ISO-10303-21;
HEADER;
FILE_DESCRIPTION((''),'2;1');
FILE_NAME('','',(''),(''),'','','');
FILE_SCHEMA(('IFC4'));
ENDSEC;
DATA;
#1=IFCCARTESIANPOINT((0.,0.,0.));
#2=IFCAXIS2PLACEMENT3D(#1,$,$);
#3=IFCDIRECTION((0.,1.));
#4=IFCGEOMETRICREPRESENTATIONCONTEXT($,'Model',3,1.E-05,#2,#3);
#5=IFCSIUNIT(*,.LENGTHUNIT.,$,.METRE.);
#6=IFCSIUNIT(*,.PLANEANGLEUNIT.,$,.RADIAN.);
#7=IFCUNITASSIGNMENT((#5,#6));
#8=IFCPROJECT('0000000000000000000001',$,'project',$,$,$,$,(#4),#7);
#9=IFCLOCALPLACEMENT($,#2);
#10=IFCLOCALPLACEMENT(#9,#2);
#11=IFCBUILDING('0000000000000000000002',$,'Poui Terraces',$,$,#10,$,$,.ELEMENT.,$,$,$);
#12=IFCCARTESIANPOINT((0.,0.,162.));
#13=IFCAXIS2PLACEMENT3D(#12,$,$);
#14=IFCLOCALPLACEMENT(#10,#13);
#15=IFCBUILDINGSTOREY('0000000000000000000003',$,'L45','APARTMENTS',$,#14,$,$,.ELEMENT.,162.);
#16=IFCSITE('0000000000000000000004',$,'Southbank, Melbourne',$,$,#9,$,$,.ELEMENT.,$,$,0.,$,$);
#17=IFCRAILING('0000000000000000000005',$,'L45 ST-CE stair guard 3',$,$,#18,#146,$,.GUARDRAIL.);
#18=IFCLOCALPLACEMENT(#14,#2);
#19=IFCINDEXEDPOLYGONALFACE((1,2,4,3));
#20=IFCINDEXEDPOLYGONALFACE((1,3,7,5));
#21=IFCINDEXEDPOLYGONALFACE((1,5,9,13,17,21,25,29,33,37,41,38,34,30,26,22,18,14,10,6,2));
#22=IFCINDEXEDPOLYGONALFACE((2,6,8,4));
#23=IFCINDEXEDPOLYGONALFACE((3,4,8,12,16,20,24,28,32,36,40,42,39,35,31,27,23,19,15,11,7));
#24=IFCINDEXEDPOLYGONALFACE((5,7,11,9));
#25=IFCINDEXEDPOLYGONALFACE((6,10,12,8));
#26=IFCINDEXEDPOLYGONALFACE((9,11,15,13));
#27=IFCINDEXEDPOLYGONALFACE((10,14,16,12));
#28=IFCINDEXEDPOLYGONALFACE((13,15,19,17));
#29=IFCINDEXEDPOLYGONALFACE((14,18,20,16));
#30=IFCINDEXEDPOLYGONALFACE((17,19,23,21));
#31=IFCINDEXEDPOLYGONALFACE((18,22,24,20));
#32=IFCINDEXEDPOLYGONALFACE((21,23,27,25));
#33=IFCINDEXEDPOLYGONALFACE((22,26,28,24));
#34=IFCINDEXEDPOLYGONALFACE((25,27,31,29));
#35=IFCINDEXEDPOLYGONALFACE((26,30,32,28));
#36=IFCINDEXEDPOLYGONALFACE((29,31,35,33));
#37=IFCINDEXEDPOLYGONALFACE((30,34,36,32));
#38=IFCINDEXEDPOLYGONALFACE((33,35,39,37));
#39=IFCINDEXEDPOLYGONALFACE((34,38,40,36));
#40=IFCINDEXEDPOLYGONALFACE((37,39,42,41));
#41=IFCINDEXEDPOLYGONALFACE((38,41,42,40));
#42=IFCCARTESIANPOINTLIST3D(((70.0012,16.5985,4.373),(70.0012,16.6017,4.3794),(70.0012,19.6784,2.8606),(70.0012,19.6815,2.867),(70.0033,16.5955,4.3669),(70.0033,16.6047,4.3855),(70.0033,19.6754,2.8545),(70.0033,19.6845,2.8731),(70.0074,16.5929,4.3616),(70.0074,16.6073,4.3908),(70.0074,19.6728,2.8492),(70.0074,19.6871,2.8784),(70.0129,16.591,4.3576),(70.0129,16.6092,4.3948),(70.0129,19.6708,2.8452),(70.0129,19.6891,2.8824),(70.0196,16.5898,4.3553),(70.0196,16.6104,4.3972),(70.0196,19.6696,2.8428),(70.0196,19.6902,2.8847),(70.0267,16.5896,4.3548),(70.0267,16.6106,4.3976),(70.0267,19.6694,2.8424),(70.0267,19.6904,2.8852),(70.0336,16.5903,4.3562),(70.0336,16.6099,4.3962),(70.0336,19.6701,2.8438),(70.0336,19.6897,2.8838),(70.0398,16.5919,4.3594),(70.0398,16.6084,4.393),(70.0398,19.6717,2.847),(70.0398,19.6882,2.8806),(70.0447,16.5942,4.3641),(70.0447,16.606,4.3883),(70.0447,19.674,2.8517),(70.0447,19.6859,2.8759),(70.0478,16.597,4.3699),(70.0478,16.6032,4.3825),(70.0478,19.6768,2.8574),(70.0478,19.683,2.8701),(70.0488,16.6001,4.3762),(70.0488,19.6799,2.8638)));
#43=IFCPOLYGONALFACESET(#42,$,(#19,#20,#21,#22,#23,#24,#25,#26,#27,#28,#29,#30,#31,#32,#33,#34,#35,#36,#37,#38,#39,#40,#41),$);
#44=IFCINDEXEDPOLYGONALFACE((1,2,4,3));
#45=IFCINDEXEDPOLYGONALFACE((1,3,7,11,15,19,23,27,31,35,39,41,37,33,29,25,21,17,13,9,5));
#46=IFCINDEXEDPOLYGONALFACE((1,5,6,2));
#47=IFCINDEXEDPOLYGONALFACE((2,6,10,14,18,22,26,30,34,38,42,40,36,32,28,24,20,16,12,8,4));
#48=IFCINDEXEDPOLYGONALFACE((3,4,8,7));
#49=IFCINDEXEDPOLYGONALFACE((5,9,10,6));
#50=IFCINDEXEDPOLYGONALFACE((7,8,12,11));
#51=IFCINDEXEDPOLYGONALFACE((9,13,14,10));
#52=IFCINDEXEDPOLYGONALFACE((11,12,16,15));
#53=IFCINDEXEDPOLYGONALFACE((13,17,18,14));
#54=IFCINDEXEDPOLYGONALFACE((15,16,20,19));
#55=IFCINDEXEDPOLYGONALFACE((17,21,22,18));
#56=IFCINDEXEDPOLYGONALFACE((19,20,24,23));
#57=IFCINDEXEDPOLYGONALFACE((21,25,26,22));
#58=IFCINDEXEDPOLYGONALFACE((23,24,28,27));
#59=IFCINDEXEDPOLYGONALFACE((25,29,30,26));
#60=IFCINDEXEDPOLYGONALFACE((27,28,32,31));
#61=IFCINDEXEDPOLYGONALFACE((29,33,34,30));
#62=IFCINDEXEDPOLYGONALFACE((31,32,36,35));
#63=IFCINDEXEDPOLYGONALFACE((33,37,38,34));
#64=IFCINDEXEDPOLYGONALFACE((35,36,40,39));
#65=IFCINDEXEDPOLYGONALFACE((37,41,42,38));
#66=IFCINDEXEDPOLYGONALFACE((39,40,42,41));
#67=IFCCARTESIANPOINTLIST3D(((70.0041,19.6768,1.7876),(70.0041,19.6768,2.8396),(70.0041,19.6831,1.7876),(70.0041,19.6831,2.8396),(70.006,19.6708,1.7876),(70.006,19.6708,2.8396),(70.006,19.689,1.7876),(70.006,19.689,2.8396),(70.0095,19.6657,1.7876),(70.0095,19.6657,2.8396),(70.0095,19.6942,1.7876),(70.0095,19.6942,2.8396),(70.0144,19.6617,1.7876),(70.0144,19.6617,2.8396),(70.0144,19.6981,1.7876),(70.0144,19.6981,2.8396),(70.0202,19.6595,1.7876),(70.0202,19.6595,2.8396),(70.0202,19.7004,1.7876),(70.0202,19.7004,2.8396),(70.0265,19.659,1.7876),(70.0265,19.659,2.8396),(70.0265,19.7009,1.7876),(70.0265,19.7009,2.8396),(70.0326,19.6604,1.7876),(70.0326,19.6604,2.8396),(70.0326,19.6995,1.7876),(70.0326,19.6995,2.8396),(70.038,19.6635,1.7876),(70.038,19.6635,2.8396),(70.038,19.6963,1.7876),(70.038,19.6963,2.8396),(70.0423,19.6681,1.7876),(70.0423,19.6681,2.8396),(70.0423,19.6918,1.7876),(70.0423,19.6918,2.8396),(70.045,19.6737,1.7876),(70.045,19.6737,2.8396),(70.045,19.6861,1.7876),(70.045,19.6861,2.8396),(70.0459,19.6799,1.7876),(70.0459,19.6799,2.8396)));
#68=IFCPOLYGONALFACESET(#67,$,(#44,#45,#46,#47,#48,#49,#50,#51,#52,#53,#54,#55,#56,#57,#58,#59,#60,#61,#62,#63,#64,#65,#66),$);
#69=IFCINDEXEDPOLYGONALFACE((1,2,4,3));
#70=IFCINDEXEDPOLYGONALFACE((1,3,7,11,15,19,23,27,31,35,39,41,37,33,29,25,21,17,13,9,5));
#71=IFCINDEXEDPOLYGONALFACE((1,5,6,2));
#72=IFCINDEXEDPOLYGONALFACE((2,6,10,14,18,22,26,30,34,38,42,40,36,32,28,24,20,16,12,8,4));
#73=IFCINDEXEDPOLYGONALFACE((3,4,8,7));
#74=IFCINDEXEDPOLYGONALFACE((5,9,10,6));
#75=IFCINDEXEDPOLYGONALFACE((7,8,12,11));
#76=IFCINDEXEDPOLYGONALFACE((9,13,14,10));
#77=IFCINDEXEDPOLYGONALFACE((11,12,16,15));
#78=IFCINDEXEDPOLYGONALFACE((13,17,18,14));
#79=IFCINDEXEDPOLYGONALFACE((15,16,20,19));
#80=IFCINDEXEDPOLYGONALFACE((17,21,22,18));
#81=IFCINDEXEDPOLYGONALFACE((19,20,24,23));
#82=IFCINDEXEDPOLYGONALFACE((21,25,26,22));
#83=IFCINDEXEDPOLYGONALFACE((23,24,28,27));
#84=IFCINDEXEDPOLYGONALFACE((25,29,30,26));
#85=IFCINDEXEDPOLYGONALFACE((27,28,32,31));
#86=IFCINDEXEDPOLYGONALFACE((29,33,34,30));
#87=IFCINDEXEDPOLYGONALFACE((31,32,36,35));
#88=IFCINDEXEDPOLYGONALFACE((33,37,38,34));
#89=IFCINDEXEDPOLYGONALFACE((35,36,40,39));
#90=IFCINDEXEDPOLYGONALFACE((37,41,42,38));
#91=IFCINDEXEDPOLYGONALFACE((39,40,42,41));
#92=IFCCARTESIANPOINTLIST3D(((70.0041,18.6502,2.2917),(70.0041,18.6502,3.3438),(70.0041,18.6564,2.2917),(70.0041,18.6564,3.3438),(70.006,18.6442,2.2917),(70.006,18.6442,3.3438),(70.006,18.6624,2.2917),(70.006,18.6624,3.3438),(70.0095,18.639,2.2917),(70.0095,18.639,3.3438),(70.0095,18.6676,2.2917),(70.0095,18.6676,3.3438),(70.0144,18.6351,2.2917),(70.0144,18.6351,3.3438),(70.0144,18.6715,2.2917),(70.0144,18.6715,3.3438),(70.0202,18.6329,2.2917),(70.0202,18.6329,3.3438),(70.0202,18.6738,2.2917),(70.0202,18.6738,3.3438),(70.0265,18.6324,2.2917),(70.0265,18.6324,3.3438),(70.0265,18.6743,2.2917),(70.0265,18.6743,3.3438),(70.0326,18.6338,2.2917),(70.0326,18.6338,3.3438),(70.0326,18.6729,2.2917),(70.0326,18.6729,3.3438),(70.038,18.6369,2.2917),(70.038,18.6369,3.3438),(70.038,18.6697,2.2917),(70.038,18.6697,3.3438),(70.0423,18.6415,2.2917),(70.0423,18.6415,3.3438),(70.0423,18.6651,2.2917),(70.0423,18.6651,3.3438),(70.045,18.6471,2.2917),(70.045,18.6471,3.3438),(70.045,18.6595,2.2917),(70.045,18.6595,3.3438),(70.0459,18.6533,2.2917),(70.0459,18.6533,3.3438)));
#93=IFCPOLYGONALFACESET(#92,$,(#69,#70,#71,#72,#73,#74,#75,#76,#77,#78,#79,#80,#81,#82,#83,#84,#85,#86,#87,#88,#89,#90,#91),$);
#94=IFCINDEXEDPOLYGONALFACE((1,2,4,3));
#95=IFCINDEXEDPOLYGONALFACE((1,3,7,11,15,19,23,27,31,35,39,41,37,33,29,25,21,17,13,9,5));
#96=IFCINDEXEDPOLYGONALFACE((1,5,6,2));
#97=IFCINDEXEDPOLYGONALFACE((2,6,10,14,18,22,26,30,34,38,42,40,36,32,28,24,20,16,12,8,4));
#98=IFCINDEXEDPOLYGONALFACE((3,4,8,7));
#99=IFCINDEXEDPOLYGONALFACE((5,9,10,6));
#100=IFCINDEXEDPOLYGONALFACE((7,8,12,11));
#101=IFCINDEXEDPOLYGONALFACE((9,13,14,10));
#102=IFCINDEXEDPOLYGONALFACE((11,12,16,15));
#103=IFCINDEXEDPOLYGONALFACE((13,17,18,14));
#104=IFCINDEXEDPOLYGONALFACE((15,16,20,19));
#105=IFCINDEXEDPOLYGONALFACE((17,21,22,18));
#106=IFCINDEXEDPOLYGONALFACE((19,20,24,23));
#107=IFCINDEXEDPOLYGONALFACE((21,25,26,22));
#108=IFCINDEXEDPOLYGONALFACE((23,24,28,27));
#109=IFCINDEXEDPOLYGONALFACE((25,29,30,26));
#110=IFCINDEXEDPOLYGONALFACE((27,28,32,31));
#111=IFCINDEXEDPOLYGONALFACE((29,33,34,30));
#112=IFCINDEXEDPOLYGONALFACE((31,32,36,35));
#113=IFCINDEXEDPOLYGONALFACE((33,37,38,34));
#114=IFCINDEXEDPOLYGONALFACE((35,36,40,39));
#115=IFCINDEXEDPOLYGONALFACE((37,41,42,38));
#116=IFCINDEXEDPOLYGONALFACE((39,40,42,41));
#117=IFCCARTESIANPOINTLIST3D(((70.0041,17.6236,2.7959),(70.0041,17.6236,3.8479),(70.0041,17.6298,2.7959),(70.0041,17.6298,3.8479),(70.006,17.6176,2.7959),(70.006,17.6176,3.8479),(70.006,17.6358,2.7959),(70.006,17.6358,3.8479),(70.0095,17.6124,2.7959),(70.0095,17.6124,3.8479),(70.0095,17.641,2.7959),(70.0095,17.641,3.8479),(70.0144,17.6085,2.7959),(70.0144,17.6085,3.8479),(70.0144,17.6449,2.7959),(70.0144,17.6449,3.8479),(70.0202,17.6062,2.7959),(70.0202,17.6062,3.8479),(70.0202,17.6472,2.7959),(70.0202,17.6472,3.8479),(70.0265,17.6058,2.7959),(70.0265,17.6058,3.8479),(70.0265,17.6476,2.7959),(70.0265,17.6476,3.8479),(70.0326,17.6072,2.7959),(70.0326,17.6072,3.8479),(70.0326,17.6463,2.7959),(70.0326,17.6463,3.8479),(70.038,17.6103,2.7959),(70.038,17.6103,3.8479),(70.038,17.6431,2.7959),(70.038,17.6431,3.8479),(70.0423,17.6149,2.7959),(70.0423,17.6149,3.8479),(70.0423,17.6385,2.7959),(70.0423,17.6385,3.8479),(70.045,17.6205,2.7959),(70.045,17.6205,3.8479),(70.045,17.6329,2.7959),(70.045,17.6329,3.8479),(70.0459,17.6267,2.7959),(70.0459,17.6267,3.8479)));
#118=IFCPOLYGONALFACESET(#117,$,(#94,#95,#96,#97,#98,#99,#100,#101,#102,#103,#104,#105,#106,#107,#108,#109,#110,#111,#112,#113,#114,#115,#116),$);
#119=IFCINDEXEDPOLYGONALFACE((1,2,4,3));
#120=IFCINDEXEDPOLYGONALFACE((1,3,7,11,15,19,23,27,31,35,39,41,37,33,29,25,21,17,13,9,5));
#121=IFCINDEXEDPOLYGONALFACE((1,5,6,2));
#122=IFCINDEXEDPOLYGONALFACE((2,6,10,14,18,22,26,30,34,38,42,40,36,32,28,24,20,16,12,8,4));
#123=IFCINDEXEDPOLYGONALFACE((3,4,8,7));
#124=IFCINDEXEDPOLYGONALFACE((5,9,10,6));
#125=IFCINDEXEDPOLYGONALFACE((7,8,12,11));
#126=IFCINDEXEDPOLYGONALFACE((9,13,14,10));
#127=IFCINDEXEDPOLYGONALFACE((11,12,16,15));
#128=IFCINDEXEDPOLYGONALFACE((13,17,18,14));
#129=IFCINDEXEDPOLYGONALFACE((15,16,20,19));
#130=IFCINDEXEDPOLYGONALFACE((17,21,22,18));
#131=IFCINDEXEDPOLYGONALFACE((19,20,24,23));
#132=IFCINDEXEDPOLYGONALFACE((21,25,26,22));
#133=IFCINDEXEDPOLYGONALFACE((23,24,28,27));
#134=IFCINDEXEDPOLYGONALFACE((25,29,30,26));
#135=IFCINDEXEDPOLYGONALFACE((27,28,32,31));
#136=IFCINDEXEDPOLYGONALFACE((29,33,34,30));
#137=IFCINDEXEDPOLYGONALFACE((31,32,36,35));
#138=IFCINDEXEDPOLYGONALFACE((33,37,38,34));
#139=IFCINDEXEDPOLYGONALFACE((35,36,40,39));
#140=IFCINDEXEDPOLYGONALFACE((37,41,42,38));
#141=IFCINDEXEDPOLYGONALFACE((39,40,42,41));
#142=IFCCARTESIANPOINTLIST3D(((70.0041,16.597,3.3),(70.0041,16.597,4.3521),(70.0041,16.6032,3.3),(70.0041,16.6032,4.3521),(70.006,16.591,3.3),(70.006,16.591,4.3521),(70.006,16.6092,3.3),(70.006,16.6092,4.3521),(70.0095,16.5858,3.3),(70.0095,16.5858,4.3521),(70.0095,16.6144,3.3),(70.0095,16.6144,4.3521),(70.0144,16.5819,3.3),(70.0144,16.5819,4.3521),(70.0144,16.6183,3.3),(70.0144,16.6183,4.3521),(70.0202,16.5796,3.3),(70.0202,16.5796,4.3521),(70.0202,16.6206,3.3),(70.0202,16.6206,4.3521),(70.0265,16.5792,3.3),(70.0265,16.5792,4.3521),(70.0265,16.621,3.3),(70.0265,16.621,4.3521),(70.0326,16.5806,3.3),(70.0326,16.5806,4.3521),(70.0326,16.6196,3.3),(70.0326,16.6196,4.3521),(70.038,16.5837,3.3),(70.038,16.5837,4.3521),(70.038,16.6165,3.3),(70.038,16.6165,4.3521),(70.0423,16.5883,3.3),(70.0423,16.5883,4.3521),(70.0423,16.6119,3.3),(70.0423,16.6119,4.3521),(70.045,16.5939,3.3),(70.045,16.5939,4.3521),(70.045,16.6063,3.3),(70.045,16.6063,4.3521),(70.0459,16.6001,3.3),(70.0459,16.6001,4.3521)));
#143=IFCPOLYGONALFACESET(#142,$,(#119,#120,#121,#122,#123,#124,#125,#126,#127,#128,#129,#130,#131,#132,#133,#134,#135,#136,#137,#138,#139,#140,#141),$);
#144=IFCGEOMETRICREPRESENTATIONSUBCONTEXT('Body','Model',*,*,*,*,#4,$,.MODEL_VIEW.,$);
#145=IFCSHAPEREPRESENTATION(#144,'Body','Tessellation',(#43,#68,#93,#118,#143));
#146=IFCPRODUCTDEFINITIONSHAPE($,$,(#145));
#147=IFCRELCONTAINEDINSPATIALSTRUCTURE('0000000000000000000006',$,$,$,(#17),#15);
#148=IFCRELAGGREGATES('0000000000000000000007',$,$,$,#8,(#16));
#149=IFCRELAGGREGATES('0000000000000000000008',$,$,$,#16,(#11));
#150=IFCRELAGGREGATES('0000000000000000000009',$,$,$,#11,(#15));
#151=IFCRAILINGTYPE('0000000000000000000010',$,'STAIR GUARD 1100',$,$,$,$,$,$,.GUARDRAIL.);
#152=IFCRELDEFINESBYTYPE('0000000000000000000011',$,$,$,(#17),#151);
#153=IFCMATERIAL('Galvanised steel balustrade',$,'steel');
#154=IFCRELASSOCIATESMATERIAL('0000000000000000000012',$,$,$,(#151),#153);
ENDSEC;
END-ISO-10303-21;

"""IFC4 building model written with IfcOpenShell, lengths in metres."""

from ifc_helpers import new_model, si_unit, direction, frame, origin, origin_2d, place, context, subcontext, project, spatial, circle, extrude, material, type_object, element, save


model = new_model("IFC4")

# Units and contexts
model_context = context("Model", 3, precision=1e-05, world=origin(), true_north=direction((0.0, 1.0)))
body_context = subcontext(model_context, "Body", "Model", "MODEL_VIEW")
ifc_project = project(units=[si_unit("LENGTHUNIT", "METRE"), si_unit("PLANEANGLEUNIT", "RADIAN")], contexts=[model_context])

# Site, building, storey
site_placement = place(None, origin())
site = spatial("IfcSite", under=ifc_project, at=site_placement, Name="Southbank, Melbourne", CompositionType="ELEMENT", RefElevation=0.0)
building_placement = place(site_placement, origin())
building = spatial("IfcBuilding", under=site, at=building_placement, Name="Poui Terraces", CompositionType="ELEMENT")
storey_placement = place(building_placement, frame((0.0, 0.0, 162.0)))
storey = spatial("IfcBuildingStorey", under=building, at=storey_placement, Name="L45", Description="APARTMENTS", CompositionType="ELEMENT", Elevation=162.0)

# Railing
ifc_material_1 = material(Name="Galvanised steel balustrade", Category="steel")
railing_type_1 = type_object("IfcRailingType", Name="STAIR GUARD 1100", PredefinedType="GUARDRAIL", material=ifc_material_1)
railing_1_placement = place(storey_placement, frame((70.0249, 19.6799, 1.7876)))
element("IfcRailing", 1, at=railing_1_placement, inside=storey, type_object=railing_type_1, Name="L45 ST-CE stair guard 3", PredefinedType="GUARDRAIL", context=body_context, shape_type="SweptSolid", body=[
    extrude(circle(Radius=0.0239, at=origin_2d()), frame((0.0, 0.0, 1.0762), z_axis=(0.0, -0.897606, 0.440798), x_axis=(1.0, 0.0, 0.0)), (0.0, 0.0, 1.0), 3.4312),
    extrude(circle(Radius=0.021, at=origin_2d()), origin(), (0.0, 0.0, 1.0), 1.052),
    extrude(circle(Radius=0.021, at=origin_2d()), frame((0.0, -1.0266, 0.5042)), (0.0, 0.0, 1.0), 1.052),
    extrude(circle(Radius=0.021, at=origin_2d()), frame((0.0, -2.0532, 1.0083)), (0.0, 0.0, 1.0), 1.052),
    extrude(circle(Radius=0.021, at=origin_2d()), frame((0.0, -3.0798, 1.5125)), (0.0, 0.0, 1.0), 1.052),
])

save(model, "model.ifc")
